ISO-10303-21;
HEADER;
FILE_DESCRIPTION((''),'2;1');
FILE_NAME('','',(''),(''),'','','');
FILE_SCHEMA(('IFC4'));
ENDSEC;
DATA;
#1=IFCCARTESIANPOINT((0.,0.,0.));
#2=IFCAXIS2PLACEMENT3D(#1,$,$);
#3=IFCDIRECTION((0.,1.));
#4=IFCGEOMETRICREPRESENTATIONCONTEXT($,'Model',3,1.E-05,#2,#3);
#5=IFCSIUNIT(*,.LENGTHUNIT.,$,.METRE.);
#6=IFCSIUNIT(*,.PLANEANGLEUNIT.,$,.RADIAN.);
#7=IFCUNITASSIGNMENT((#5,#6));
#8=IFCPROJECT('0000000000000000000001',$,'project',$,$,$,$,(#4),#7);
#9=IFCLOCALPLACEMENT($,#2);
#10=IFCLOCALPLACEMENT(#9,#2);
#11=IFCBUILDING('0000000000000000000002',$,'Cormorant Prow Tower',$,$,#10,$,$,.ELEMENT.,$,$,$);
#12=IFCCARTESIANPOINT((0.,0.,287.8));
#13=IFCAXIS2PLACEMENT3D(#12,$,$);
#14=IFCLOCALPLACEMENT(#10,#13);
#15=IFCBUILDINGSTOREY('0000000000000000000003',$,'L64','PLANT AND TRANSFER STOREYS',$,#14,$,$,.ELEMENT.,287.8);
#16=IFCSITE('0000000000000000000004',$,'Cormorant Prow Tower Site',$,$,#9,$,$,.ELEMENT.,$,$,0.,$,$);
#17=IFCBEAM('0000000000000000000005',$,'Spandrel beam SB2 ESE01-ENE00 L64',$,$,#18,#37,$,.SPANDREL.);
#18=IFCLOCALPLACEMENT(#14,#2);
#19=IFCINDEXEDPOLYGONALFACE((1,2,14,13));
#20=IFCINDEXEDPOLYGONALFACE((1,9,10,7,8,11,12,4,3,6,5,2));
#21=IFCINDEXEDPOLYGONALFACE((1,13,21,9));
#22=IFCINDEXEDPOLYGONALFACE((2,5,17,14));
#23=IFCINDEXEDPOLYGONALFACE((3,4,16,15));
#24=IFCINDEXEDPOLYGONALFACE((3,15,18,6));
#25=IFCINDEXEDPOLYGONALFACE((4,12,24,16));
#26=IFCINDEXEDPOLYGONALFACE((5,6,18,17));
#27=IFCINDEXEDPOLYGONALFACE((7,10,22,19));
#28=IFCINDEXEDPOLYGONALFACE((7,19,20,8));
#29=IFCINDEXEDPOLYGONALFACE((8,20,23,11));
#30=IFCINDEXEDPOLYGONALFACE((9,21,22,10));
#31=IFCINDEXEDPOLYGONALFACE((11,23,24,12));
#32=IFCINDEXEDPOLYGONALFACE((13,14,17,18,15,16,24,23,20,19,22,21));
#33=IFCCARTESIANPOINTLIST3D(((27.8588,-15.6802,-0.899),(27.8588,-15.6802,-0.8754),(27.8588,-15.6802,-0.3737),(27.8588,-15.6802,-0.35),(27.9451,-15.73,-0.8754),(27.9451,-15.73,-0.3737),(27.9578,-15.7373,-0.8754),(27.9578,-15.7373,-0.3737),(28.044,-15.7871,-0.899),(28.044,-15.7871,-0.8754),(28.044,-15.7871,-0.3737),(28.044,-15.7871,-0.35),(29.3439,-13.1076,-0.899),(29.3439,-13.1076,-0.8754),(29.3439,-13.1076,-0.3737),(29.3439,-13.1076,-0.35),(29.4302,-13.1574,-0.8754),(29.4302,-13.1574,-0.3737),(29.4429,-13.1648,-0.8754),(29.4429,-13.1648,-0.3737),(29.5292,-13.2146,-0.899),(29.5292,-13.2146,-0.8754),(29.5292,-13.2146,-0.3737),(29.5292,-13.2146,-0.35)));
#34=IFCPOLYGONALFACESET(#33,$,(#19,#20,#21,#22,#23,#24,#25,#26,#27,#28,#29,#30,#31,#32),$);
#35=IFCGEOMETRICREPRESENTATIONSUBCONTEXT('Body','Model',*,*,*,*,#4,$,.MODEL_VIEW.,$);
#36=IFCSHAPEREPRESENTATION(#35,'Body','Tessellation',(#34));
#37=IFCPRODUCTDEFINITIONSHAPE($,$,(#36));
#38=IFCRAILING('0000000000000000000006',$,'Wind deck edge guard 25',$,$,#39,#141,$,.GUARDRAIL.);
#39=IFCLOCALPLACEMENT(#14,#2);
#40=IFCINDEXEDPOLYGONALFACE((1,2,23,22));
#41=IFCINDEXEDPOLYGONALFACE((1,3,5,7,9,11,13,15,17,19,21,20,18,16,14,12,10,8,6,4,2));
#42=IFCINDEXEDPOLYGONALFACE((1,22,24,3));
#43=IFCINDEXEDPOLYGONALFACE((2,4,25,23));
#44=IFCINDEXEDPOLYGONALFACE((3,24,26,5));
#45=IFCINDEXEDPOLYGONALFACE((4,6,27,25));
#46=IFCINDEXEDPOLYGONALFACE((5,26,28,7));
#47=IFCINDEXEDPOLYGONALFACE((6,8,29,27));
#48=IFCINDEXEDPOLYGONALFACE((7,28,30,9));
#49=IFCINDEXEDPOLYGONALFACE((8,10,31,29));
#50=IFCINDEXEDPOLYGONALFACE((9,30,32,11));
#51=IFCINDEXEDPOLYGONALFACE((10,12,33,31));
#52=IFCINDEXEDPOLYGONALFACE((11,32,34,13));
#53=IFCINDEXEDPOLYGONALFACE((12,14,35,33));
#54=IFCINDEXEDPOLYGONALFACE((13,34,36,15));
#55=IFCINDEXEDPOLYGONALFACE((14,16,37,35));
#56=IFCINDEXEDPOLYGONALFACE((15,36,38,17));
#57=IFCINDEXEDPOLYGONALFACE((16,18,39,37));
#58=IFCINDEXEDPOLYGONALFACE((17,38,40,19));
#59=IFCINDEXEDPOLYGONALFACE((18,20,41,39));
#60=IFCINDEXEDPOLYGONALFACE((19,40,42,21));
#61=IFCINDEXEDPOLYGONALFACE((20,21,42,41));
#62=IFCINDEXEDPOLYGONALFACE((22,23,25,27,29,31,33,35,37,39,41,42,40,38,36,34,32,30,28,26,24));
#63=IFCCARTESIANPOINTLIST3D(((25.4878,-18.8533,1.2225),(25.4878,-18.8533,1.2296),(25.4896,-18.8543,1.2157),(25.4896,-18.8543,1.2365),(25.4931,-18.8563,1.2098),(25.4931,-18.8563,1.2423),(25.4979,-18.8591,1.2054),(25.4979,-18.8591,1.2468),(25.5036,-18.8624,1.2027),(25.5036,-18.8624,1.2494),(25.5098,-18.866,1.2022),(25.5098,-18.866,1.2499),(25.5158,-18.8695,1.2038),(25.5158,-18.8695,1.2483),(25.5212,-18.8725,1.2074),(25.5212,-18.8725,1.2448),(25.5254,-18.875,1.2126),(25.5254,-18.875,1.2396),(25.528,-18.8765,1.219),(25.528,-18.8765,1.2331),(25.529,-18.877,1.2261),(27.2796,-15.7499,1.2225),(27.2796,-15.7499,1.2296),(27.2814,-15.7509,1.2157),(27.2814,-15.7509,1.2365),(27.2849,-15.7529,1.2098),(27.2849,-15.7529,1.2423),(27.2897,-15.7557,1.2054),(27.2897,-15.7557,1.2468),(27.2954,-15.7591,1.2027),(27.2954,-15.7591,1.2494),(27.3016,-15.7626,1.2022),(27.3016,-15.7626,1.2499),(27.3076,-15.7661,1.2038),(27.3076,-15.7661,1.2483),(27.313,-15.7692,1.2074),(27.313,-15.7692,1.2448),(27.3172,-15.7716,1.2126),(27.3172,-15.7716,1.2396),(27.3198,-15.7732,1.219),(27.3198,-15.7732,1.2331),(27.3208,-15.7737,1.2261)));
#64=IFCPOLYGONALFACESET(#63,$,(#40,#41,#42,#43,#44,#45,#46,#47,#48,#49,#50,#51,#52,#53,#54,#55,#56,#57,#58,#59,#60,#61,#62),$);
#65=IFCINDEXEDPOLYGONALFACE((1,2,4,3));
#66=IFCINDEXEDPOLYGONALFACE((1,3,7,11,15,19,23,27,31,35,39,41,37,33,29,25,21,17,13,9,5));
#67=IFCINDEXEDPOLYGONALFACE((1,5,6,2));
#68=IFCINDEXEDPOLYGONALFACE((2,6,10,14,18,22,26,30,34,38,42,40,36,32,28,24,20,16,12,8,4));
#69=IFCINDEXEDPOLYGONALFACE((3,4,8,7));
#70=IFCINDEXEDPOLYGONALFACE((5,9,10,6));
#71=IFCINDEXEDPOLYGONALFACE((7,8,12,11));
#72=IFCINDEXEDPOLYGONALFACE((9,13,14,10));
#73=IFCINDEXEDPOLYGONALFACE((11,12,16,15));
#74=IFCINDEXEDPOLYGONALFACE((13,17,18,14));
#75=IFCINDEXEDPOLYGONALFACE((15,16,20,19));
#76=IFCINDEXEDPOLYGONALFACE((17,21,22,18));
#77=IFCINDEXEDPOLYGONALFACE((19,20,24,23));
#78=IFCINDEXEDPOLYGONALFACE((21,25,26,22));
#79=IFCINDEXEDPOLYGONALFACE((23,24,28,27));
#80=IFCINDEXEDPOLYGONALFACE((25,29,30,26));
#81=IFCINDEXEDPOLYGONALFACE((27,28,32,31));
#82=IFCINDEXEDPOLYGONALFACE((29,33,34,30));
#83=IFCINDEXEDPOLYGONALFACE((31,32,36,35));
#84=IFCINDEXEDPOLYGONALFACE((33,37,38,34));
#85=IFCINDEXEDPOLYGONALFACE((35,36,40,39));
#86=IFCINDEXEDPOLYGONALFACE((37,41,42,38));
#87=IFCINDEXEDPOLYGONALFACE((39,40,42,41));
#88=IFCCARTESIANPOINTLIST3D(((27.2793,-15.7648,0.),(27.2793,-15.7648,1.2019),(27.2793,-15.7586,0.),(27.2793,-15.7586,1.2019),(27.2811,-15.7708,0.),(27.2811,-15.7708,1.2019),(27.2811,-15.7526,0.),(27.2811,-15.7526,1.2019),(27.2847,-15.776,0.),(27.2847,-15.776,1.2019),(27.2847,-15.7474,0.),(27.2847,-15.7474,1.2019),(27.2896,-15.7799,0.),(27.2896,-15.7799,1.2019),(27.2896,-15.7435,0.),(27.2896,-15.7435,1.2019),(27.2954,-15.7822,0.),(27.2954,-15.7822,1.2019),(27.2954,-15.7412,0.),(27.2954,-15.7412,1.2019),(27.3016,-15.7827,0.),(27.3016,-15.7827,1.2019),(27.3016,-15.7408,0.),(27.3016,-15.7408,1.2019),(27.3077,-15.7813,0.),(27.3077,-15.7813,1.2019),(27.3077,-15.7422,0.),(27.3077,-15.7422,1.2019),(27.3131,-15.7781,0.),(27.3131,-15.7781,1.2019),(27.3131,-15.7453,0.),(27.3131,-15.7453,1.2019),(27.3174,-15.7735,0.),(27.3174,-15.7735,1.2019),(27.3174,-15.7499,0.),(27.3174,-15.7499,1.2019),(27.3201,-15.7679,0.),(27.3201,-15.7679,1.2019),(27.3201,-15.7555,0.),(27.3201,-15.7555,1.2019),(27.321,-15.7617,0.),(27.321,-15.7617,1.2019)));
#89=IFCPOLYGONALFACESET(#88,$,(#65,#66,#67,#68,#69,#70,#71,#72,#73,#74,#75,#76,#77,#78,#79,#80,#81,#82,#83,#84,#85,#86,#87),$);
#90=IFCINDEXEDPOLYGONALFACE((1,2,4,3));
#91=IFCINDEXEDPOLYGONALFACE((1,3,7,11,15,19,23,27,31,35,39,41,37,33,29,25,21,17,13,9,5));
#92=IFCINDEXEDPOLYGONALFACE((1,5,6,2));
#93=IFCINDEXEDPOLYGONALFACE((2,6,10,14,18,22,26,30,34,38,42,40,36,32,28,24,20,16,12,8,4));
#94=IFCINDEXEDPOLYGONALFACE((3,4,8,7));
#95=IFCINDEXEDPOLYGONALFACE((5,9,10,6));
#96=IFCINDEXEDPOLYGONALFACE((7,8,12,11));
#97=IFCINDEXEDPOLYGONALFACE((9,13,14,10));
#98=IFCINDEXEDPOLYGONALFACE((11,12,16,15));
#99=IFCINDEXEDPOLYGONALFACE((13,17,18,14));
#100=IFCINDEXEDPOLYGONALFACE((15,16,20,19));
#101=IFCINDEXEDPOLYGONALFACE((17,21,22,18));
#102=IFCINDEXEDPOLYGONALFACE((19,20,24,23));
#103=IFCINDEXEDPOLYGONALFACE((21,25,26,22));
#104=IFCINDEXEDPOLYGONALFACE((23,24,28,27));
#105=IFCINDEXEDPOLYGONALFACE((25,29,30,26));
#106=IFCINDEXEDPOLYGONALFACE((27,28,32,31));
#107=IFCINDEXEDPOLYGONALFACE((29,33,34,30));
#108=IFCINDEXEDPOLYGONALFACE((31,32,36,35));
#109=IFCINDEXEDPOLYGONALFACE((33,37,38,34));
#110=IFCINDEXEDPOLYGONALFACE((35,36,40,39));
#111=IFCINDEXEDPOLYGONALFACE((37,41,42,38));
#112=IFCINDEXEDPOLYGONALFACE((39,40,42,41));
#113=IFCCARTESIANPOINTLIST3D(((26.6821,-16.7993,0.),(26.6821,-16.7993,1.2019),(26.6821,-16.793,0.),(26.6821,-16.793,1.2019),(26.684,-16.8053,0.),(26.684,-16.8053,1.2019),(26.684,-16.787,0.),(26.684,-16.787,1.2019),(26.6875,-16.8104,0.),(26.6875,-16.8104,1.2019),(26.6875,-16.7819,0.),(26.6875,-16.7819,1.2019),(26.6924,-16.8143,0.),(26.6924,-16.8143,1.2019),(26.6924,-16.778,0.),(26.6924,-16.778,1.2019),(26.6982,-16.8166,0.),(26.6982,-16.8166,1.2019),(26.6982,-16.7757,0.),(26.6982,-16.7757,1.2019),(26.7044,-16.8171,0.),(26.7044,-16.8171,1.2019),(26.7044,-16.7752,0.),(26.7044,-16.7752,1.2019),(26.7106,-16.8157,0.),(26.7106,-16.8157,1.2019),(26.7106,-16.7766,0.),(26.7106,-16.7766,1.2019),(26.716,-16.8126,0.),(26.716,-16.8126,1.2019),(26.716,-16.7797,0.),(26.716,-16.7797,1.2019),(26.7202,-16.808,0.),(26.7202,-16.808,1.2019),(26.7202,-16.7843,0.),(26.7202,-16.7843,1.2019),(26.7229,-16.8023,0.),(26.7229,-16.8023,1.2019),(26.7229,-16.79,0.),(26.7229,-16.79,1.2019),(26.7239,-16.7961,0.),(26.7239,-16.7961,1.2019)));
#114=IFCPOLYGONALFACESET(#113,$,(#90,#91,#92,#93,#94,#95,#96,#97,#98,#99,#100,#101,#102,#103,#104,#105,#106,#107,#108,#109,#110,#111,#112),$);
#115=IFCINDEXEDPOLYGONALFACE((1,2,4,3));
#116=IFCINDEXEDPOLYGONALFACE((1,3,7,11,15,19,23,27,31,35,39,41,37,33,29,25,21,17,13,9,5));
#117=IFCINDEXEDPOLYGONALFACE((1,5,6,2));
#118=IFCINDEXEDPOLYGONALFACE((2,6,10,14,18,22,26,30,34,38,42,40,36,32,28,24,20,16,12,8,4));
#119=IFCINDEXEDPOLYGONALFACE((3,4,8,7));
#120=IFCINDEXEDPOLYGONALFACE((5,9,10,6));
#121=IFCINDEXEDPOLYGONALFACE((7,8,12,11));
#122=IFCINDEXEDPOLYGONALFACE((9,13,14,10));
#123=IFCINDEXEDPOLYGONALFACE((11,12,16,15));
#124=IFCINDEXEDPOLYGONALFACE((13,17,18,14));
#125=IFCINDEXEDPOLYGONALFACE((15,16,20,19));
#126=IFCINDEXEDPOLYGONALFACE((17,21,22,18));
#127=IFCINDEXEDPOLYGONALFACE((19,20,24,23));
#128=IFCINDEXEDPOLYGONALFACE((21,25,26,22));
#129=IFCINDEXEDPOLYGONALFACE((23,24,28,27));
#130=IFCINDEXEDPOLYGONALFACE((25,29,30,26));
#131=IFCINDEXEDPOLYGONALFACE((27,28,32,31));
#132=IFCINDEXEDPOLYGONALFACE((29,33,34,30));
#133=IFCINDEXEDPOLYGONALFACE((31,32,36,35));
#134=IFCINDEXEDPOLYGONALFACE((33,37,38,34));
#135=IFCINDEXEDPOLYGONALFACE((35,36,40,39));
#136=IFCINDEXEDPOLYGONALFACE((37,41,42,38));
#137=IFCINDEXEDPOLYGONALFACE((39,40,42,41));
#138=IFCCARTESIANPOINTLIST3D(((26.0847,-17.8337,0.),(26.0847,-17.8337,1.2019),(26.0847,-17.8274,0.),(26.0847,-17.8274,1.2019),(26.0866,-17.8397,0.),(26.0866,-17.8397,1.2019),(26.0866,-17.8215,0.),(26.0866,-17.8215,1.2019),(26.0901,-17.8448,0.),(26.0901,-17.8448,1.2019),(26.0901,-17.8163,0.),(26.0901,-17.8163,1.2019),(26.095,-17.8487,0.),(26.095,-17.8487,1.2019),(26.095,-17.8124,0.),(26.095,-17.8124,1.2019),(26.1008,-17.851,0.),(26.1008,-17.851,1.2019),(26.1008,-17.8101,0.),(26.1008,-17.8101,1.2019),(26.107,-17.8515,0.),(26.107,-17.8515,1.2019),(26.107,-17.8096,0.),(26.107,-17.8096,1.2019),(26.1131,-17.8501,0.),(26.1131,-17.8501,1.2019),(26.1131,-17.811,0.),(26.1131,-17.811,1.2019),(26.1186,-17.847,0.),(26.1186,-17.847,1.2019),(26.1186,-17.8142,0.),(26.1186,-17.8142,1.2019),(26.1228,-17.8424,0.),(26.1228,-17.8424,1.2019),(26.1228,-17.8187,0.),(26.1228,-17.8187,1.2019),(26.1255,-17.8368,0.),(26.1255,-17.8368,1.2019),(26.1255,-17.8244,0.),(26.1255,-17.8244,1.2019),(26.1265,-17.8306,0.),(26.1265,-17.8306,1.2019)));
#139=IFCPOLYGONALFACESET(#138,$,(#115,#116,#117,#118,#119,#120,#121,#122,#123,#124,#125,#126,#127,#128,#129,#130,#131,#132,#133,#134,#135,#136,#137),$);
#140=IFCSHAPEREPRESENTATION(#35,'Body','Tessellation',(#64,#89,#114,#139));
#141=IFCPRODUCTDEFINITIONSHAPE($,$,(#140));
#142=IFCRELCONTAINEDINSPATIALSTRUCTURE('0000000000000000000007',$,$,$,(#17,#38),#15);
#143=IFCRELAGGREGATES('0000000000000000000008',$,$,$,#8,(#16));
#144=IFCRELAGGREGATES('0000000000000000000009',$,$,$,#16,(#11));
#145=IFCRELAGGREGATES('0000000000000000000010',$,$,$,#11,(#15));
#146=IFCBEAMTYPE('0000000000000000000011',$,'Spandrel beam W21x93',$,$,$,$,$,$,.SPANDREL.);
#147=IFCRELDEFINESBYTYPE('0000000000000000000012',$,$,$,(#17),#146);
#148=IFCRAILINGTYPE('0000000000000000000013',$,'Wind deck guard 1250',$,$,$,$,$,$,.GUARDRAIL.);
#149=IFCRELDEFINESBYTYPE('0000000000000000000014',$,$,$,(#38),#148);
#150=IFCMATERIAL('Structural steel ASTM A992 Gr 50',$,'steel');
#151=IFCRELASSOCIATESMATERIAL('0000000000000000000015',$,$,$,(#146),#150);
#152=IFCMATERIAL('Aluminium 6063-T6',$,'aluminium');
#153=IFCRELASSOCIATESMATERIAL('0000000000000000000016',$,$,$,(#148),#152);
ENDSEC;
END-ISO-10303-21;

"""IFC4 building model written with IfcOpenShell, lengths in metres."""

from ifc_helpers import new_model, si_unit, direction, frame, origin, origin_2d, place, context, subcontext, project, spatial, circle, i_section, extrude, material, material_profile, profile_set, type_object, element, save


model = new_model("IFC4")

# Units and contexts
model_context = context("Model", 3, precision=1e-05, world=origin(), true_north=direction((0.0, 1.0)))
body_context = subcontext(model_context, "Body", "Model", "MODEL_VIEW")
ifc_project = project(units=[si_unit("LENGTHUNIT", "METRE"), si_unit("PLANEANGLEUNIT", "RADIAN")], contexts=[model_context])

# Site, building, storey
site_placement = place(None, origin())
site = spatial("IfcSite", under=ifc_project, at=site_placement, Name="Cormorant Prow Tower Site", CompositionType="ELEMENT", RefElevation=0.0)
building_placement = place(site_placement, origin())
building = spatial("IfcBuilding", under=site, at=building_placement, Name="Cormorant Prow Tower", CompositionType="ELEMENT")
storey_placement = place(building_placement, frame((0.0, 0.0, 287.8)))
storey = spatial("IfcBuildingStorey", under=building, at=storey_placement, Name="L64", Description="PLANT AND TRANSFER STOREYS", CompositionType="ELEMENT", Elevation=287.8)

# Beam
ifc_material_1 = material(Name="Structural steel ASTM A992 Gr 50", Category="steel")
ifc_material_profile_1 = material_profile(ifc_material_1, i_section(OverallWidth=0.2139, OverallDepth=0.5491, WebThickness=0.0146, FlangeThickness=0.0237, at=origin_2d()), Name="W21x93")
ifc_profile_set_1 = profile_set([ifc_material_profile_1], Name="Structural steel ASTM A992 Gr 50")
beam_type = type_object("IfcBeamType", Name="Spandrel beam W21x93", PredefinedType="SPANDREL", material=ifc_profile_set_1)
for number, where, z_axis, x_axis, name in (
    (1, (27.9514, -15.7336, -0.6245), (0.499967, 0.866045, 0.0), (-0.866045, 0.499967, 0.0), "Spandrel beam SB2 ESE01-ENE00 L64"),
):
    element("IfcBeam", number, at=place(storey_placement, frame(where, z_axis=z_axis, x_axis=x_axis)), inside=storey, type_object=beam_type, Name=name, PredefinedType="SPANDREL", context=body_context, shape_type="SweptSolid", body=[
        extrude(i_section(OverallWidth=0.2139, OverallDepth=0.5491, WebThickness=0.0146, FlangeThickness=0.0237, at=origin_2d()), origin(), (0.0, 0.0, 1.0), 2.9705),
    ])

# Railing
ifc_material_2 = material(Name="Aluminium 6063-T6", Category="aluminium")
railing_type = type_object("IfcRailingType", Name="Wind deck guard 1250", PredefinedType="GUARDRAIL", material=ifc_material_2)
railing_1_placement = place(storey_placement, frame((27.3, -15.7617, 0.0)))
element("IfcRailing", 2, at=railing_1_placement, inside=storey, type_object=railing_type, Name="Wind deck edge guard 25", PredefinedType="GUARDRAIL", context=body_context, shape_type="SweptSolid", body=[
    extrude(circle(Radius=0.0239, at=origin_2d()), frame((0.0, 0.0, 1.2261), z_axis=(-0.500015, -0.866017, 0.0), x_axis=(0.866017, -0.500015, 0.0)), (0.0, 0.0, 1.0), 3.5835),
    extrude(circle(Radius=0.021, at=origin_2d()), origin(), (0.0, 0.0, 1.0), 1.2019),
    extrude(circle(Radius=0.021, at=origin_2d()), frame((-0.5972, -1.0344, 0.0)), (0.0, 0.0, 1.0), 1.2019),
    extrude(circle(Radius=0.021, at=origin_2d()), frame((-1.1946, -2.0688, 0.0)), (0.0, 0.0, 1.0), 1.2019),
])

save(model, "model.ifc")
